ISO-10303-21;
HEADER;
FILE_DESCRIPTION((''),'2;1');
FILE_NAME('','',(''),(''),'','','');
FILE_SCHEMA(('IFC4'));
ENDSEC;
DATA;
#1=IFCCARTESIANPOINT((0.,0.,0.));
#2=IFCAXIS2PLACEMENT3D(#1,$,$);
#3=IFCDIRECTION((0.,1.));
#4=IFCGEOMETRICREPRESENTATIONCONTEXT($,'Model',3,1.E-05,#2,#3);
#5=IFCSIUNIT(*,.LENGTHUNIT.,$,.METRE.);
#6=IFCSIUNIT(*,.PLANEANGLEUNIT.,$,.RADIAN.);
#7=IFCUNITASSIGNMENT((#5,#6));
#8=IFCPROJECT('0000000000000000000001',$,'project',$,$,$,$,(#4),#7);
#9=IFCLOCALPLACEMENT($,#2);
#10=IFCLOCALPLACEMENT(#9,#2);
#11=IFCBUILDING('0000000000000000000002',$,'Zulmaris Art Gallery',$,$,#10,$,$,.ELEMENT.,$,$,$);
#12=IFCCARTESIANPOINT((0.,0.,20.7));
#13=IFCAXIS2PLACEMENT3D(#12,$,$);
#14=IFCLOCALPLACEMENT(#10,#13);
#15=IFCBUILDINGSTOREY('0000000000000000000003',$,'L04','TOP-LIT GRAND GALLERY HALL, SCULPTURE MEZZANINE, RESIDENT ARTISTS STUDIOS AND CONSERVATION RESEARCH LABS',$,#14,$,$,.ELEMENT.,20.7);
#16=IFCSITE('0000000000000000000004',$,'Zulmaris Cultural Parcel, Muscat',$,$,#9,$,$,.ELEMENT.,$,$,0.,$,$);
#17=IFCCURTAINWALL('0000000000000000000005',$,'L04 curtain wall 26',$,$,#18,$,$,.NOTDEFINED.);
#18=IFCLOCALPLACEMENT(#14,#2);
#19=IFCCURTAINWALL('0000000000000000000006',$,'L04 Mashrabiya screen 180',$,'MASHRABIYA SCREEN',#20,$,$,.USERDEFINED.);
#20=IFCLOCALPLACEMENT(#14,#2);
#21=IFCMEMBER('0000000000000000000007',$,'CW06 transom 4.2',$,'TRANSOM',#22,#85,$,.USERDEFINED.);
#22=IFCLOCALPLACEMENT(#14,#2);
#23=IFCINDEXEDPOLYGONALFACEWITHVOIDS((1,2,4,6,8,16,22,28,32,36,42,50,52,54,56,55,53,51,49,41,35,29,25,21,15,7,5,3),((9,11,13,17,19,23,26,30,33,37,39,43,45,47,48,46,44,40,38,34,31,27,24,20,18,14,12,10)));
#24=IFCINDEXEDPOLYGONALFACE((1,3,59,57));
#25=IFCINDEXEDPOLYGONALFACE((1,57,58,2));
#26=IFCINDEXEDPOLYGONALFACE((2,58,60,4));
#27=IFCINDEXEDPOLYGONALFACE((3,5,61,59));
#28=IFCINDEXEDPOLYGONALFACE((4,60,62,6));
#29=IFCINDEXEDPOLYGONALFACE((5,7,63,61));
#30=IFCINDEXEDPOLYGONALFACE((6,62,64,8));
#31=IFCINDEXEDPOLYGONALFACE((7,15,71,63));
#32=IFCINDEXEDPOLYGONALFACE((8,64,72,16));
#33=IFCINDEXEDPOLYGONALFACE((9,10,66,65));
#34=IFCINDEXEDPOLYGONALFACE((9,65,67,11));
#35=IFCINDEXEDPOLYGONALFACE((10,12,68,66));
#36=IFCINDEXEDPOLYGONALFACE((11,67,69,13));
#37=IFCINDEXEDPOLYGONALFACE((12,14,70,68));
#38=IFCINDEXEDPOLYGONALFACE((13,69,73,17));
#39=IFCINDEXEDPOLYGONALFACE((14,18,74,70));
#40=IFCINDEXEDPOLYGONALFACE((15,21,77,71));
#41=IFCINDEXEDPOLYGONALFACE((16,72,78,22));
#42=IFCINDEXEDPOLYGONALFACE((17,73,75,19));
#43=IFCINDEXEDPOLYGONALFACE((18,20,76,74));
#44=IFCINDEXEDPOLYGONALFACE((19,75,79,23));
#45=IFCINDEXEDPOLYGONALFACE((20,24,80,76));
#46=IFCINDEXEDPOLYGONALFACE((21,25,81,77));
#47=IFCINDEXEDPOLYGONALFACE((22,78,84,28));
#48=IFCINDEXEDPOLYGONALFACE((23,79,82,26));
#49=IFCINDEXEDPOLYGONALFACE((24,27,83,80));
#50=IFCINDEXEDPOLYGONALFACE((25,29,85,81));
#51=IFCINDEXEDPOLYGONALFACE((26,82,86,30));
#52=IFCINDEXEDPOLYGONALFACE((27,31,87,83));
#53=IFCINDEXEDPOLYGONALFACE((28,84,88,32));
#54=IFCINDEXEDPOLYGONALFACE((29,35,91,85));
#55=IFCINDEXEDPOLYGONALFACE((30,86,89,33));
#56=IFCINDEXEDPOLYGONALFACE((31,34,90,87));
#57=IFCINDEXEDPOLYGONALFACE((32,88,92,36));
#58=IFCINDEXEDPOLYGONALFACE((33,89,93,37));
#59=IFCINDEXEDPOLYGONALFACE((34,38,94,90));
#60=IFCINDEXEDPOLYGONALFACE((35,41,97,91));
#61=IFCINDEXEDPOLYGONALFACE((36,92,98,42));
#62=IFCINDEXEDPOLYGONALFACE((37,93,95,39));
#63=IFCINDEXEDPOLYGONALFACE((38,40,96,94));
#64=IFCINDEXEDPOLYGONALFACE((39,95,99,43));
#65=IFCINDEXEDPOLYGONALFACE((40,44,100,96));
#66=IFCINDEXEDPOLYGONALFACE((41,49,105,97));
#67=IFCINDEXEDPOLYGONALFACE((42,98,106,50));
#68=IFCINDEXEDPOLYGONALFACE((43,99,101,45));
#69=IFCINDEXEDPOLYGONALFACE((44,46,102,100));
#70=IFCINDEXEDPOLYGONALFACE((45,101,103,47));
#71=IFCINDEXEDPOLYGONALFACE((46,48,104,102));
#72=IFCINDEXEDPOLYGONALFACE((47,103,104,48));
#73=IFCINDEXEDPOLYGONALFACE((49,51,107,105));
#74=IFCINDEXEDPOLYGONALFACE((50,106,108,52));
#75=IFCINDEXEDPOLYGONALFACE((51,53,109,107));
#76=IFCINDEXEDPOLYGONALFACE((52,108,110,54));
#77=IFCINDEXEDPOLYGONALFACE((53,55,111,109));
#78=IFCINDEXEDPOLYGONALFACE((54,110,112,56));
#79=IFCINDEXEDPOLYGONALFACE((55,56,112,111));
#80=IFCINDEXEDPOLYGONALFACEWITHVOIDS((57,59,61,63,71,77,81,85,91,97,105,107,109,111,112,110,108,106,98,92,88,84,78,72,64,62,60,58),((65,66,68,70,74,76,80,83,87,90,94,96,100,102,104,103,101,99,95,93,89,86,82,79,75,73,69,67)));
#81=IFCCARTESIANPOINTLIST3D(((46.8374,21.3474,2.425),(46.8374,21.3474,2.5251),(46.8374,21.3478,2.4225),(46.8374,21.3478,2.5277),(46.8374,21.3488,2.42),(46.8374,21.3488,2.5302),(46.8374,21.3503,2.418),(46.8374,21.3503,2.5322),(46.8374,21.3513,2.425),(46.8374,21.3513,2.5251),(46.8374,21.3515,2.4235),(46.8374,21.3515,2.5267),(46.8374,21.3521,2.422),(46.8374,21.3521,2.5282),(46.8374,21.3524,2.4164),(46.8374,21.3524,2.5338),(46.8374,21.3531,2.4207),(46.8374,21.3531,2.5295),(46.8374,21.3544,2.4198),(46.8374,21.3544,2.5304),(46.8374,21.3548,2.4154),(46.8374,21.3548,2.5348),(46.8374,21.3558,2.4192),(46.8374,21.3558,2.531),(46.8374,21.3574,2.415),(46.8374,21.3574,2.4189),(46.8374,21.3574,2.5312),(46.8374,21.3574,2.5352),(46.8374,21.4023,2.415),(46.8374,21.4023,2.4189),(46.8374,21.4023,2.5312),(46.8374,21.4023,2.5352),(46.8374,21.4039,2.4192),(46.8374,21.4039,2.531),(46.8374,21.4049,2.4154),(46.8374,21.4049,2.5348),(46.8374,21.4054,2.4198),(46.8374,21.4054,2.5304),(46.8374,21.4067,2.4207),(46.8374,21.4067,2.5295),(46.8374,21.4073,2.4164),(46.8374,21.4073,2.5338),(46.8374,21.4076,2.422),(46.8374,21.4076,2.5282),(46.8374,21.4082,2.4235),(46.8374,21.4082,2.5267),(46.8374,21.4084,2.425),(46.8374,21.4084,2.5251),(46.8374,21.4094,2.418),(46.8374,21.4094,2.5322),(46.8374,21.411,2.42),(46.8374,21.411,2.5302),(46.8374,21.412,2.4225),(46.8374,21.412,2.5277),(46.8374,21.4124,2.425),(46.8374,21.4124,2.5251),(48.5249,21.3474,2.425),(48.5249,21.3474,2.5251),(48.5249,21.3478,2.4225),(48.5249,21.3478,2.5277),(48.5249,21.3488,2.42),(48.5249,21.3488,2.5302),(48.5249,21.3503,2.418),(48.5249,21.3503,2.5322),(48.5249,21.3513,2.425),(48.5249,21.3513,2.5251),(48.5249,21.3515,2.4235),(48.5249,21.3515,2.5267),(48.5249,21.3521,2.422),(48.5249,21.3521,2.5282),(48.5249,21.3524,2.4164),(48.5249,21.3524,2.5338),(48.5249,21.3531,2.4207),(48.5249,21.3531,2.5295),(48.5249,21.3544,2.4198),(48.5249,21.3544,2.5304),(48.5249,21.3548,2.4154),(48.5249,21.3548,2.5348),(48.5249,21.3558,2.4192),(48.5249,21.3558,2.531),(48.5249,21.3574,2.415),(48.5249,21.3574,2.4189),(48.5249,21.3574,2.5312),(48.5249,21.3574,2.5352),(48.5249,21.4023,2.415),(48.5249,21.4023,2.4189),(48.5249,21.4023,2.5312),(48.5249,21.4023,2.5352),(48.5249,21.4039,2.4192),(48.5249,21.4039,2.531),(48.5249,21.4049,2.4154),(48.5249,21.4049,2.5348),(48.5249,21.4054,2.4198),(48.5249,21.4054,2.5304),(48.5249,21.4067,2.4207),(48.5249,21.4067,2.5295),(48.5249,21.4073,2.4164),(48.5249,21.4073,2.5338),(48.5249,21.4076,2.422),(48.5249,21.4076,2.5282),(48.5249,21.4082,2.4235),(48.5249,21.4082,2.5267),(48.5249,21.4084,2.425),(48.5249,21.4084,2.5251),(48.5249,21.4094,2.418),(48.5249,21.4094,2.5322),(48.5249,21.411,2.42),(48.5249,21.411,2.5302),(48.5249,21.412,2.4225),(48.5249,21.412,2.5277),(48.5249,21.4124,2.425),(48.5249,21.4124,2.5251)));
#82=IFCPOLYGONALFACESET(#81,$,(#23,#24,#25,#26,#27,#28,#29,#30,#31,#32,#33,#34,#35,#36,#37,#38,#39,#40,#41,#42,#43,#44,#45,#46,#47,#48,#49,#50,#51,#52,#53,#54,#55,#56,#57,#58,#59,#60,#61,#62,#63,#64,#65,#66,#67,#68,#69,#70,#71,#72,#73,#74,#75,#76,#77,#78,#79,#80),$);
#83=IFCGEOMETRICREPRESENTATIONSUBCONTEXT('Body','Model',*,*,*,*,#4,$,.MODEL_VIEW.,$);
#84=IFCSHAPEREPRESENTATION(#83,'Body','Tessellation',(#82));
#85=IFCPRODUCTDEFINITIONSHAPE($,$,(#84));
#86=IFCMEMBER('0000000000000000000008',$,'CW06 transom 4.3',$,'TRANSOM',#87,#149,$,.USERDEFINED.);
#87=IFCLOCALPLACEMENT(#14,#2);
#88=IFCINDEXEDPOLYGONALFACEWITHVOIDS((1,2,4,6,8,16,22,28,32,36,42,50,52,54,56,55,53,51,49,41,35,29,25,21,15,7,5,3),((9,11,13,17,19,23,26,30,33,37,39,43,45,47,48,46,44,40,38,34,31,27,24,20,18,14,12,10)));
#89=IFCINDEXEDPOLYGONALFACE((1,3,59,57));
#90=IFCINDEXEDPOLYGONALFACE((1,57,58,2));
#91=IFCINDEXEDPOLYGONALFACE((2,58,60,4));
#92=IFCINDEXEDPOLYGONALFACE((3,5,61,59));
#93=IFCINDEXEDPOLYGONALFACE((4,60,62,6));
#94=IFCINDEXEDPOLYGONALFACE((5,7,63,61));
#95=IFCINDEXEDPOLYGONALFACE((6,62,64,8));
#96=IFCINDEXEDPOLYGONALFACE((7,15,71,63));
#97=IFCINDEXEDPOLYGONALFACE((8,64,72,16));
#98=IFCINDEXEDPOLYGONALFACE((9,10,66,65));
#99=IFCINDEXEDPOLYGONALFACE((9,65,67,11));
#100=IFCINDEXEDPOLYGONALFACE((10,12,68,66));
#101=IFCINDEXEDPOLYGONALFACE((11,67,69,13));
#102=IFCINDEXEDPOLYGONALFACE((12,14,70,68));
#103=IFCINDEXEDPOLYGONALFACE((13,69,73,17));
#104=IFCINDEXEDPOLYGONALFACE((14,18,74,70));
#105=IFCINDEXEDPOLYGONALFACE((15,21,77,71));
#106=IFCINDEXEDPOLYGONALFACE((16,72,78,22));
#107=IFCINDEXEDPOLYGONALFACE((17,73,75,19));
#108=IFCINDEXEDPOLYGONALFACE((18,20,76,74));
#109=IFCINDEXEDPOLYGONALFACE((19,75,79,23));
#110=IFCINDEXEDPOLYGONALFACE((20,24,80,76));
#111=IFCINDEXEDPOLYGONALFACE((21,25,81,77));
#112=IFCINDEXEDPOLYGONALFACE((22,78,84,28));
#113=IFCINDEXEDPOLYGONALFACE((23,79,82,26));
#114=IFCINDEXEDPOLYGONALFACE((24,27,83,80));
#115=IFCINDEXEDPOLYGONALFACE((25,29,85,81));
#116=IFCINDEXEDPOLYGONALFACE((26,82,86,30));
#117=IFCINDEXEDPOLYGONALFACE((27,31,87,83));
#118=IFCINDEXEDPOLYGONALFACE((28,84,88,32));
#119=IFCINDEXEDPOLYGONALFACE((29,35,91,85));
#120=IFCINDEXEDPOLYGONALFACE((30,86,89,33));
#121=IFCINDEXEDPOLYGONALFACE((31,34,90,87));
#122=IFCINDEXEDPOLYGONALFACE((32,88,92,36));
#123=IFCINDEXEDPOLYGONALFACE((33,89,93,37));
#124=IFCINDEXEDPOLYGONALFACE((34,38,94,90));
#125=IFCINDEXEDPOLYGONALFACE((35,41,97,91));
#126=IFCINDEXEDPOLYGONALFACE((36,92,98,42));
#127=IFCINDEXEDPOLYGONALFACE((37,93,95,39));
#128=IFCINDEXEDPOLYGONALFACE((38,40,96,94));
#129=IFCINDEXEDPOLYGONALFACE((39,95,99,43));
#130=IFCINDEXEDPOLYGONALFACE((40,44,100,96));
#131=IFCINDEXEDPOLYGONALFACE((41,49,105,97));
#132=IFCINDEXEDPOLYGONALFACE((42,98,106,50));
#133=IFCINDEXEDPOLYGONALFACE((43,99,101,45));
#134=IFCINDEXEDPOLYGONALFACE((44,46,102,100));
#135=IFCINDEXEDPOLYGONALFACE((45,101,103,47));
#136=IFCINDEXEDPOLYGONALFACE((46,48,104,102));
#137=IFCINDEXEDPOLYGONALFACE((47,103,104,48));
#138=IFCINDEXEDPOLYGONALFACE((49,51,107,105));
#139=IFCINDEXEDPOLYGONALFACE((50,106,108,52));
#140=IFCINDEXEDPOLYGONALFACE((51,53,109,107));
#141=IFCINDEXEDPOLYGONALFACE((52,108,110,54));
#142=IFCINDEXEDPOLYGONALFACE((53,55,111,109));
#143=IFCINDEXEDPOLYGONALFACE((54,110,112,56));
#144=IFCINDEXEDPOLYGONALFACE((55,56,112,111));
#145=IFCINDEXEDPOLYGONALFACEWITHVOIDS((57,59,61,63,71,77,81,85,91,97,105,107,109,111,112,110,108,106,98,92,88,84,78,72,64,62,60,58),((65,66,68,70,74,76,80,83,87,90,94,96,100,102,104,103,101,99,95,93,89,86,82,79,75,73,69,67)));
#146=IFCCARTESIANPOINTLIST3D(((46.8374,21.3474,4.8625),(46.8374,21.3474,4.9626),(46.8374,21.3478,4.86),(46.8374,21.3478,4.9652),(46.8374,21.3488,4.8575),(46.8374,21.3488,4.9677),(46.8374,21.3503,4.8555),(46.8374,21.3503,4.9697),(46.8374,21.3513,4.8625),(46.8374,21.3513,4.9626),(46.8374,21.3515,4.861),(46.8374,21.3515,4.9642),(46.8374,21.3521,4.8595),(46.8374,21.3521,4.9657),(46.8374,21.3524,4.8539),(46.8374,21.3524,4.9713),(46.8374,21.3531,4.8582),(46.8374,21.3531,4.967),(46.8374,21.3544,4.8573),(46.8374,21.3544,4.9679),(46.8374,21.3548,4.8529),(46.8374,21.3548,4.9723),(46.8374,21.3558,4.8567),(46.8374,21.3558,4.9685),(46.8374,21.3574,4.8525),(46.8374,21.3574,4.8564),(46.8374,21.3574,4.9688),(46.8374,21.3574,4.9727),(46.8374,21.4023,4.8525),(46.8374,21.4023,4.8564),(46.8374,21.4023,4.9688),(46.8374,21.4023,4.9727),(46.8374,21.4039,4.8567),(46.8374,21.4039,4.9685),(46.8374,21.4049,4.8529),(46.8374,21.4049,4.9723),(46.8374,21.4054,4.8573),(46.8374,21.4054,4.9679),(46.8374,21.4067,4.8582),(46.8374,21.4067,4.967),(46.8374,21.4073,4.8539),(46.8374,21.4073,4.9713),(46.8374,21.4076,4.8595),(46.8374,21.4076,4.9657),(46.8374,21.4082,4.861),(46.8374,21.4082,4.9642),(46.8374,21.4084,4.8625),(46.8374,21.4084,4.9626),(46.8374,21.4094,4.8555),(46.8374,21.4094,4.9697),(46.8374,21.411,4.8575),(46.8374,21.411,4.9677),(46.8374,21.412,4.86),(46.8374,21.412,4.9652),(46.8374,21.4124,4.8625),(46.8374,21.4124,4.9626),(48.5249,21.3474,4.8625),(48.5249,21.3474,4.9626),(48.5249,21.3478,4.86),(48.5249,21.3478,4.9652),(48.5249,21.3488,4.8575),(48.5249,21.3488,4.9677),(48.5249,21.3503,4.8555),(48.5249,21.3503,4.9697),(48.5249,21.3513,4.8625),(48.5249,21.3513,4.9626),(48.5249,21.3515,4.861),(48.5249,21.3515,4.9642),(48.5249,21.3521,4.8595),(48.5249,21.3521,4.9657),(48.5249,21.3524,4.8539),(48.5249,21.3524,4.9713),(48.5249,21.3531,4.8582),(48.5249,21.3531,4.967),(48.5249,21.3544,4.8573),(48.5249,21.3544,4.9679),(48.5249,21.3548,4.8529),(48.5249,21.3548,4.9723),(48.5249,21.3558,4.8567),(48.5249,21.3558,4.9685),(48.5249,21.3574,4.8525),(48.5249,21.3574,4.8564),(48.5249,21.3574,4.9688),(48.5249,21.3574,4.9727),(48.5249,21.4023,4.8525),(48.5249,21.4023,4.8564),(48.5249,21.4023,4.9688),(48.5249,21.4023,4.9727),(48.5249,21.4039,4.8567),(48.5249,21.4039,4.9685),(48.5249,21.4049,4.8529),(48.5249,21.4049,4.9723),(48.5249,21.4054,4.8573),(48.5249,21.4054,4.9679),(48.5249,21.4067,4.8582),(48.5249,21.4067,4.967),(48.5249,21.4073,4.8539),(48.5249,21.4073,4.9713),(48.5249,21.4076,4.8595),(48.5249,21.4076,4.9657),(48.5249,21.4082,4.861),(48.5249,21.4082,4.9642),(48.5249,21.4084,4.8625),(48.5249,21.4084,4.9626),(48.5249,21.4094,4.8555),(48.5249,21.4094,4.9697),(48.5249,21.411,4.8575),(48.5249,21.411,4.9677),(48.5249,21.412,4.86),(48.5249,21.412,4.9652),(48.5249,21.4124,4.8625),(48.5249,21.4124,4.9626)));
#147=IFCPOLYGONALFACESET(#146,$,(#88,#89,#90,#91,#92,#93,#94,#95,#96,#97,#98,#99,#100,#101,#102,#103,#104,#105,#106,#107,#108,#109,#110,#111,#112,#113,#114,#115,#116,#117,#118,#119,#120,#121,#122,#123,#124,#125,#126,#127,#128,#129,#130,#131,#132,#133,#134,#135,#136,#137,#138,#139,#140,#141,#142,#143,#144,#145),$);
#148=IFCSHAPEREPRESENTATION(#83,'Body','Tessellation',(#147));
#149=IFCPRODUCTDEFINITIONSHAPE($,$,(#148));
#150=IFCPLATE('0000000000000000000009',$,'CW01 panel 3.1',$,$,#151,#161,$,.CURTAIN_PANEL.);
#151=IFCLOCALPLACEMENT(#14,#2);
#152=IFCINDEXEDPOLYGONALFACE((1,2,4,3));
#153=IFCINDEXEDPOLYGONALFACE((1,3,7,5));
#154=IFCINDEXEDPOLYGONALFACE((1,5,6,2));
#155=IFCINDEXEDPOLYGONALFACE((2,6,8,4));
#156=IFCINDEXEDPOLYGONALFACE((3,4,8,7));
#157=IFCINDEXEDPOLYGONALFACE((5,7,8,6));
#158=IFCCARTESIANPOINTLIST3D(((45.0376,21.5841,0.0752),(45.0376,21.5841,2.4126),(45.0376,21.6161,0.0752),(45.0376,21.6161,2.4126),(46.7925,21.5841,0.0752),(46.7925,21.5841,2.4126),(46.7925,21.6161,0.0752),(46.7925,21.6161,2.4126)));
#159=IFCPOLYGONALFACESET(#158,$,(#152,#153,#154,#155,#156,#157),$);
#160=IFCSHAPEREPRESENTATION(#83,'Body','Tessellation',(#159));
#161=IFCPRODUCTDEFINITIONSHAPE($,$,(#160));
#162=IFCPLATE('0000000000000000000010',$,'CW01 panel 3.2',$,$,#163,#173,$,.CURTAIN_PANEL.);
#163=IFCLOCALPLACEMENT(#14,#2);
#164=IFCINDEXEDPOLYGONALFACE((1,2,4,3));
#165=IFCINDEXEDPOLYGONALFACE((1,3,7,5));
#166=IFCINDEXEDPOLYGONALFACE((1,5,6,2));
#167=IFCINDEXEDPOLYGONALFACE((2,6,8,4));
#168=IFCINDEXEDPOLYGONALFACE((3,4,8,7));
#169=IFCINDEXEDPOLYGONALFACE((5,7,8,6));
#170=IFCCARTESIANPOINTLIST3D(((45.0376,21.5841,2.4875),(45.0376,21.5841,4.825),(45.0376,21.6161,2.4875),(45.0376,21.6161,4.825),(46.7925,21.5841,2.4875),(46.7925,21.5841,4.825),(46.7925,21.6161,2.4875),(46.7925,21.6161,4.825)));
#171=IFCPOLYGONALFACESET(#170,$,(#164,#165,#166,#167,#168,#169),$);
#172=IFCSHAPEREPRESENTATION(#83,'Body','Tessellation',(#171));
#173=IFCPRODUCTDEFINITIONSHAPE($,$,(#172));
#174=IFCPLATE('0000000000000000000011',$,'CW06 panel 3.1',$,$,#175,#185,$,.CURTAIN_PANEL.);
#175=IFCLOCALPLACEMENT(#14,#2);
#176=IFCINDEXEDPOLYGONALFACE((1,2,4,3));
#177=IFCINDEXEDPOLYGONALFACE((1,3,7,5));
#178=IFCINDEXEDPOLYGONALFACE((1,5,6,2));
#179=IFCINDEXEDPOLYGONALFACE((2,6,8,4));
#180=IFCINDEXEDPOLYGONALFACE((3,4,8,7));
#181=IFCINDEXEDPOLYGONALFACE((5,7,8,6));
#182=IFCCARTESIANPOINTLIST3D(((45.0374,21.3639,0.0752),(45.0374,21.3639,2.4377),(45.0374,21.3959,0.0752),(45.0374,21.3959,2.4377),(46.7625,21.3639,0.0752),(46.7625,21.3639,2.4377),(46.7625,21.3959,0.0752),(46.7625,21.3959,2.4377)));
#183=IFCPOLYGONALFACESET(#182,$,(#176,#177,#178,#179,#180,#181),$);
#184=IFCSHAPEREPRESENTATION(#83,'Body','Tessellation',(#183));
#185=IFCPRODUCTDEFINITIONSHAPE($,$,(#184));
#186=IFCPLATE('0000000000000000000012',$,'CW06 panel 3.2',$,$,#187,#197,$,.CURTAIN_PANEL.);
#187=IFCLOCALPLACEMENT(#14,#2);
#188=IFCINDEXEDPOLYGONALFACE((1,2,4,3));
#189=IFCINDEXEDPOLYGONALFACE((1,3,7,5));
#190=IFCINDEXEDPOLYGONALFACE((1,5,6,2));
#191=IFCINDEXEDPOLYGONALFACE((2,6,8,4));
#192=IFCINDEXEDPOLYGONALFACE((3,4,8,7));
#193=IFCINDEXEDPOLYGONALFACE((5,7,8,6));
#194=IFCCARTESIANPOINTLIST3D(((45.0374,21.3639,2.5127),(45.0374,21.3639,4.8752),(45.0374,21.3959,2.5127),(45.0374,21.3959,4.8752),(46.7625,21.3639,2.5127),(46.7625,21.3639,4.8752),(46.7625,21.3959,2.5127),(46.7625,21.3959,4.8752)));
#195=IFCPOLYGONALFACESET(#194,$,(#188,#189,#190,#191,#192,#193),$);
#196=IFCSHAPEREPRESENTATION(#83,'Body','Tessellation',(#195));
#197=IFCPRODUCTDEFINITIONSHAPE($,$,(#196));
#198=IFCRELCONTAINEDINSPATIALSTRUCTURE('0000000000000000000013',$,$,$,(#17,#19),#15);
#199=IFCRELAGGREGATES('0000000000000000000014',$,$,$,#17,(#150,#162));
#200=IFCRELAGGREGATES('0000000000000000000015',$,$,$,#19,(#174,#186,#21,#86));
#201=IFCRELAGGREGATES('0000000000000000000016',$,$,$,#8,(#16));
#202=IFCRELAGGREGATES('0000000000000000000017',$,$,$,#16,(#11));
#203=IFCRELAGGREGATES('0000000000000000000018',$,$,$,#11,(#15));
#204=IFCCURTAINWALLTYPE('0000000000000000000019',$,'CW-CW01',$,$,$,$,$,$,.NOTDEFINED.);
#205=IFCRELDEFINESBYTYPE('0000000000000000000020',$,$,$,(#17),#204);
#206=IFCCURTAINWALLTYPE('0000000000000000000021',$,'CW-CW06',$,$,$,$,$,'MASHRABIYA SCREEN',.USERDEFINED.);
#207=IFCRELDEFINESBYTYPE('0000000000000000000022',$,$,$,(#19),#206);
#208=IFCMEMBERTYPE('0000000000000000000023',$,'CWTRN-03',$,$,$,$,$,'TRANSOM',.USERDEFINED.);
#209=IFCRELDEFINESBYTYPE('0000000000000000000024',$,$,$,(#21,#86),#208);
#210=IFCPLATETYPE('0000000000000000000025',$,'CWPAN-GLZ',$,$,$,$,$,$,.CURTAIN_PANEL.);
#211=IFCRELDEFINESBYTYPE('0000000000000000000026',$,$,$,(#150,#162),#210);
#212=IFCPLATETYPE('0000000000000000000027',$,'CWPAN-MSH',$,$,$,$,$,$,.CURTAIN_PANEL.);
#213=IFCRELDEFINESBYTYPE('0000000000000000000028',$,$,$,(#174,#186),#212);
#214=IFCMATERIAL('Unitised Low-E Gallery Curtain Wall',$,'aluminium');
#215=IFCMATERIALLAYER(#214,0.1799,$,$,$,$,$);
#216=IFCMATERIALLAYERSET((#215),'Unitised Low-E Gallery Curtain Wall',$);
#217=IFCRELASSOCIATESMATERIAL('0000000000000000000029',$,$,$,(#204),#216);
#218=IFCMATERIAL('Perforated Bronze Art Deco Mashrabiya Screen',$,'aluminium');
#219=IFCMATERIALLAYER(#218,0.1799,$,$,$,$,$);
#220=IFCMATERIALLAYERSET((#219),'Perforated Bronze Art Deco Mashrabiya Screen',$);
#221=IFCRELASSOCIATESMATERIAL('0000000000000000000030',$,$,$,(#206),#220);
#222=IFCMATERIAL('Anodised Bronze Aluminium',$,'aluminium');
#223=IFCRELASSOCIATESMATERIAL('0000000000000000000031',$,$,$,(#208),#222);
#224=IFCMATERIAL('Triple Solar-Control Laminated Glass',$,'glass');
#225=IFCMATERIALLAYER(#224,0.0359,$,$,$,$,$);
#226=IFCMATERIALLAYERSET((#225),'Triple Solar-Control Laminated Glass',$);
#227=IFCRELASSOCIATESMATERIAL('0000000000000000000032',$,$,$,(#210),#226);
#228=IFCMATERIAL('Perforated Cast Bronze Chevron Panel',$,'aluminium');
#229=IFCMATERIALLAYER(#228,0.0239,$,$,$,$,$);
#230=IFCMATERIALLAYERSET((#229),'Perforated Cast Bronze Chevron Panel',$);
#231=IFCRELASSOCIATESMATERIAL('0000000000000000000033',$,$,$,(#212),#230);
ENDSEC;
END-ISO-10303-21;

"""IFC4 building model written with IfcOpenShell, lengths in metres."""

from ifc_helpers import new_model, si_unit, direction, frame, origin, origin_2d, place, context, subcontext, project, spatial, rectangle, hollow_rectangle, extrude, material, layer, layer_set, material_profile, profile_set, type_object, element, aggregate, save


model = new_model("IFC4")

# Units and contexts
model_context = context("Model", 3, precision=1e-05, world=origin(), true_north=direction((0.0, 1.0)))
body_context = subcontext(model_context, "Body", "Model", "MODEL_VIEW")
ifc_project = project(units=[si_unit("LENGTHUNIT", "METRE"), si_unit("PLANEANGLEUNIT", "RADIAN")], contexts=[model_context])

# Site, building, storey
site_placement = place(None, origin())
site = spatial("IfcSite", under=ifc_project, at=site_placement, Name="Zulmaris Cultural Parcel, Muscat", CompositionType="ELEMENT", RefElevation=0.0)
building_placement = place(site_placement, origin())
building = spatial("IfcBuilding", under=site, at=building_placement, Name="Zulmaris Art Gallery", CompositionType="ELEMENT")
storey_placement = place(building_placement, frame((0.0, 0.0, 20.7)))
storey = spatial("IfcBuildingStorey", under=building, at=storey_placement, Name="L04", Description="TOP-LIT GRAND GALLERY HALL, SCULPTURE MEZZANINE, RESIDENT ARTISTS STUDIOS AND CONSERVATION RESEARCH LABS", CompositionType="ELEMENT", Elevation=20.7)

# Curtain walls
ifc_material_1 = material(Name="Unitised Low-E Gallery Curtain Wall", Category="aluminium")
ifc_layer_1 = layer(ifc_material_1, 0.1799)
ifc_layer_set_1 = layer_set([ifc_layer_1], Name="Unitised Low-E Gallery Curtain Wall")
curtain_wall_type_1 = type_object("IfcCurtainWallType", Name="CW-CW01", PredefinedType="NOTDEFINED", material=ifc_layer_set_1)
curtain_wall_1_placement = place(storey_placement, origin())
curtain_wall_1 = element("IfcCurtainWall", 1, at=curtain_wall_1_placement, inside=storey, type_object=curtain_wall_type_1, Name="L04 curtain wall 26", PredefinedType="NOTDEFINED")
ifc_material_2 = material(Name="Anodised Bronze Aluminium", Category="aluminium")
ifc_material_3 = material(Name="Perforated Bronze Art Deco Mashrabiya Screen", Category="aluminium")
ifc_layer_2 = layer(ifc_material_3, 0.1799)
ifc_layer_set_2 = layer_set([ifc_layer_2], Name="Perforated Bronze Art Deco Mashrabiya Screen")
curtain_wall_type_2 = type_object("IfcCurtainWallType", Name="CW-CW06", ElementType="MASHRABIYA SCREEN", PredefinedType="USERDEFINED", material=ifc_layer_set_2)
curtain_wall_2_placement = place(storey_placement, origin())
curtain_wall_2 = element("IfcCurtainWall", 2, at=curtain_wall_2_placement, inside=storey, type_object=curtain_wall_type_2, Name="L04 Mashrabiya screen 180", ObjectType="MASHRABIYA SCREEN", PredefinedType="USERDEFINED")

# Members
ifc_material_profile_1 = material_profile(ifc_material_2, hollow_rectangle(XDim=0.0649, YDim=0.1201, WallThickness=0.0039, InnerFilletRadius=0.0061, OuterFilletRadius=0.01, at=origin_2d()), Name="ALU 65x120x4")
ifc_profile_set_1 = profile_set([ifc_material_profile_1], Name="Anodised Bronze Aluminium")
member_type_1 = type_object("IfcMemberType", Name="CWTRN-03", ElementType="TRANSOM", PredefinedType="USERDEFINED", material=ifc_profile_set_1)
member_1_placement = place(storey_placement, frame((46.8374, 21.3799, 2.4751), z_axis=(1.0, 0.0, 0.0), x_axis=(0.0, 1.0, 0.0)))
member_1 = element("IfcMember", 3, at=member_1_placement, type_object=member_type_1, Name="CW06 transom 4.2", ObjectType="TRANSOM", PredefinedType="USERDEFINED", context=body_context, shape_type="SweptSolid", body=[
    extrude(hollow_rectangle(XDim=0.0649, YDim=0.1201, WallThickness=0.0039, InnerFilletRadius=0.0061, OuterFilletRadius=0.01, at=origin_2d()), origin(), (0.0, 0.0, 1.0), 1.6875),
])
member_2_placement = place(storey_placement, frame((46.8374, 21.3799, 4.9126), z_axis=(1.0, 0.0, 0.0), x_axis=(0.0, 1.0, 0.0)))
member_2 = element("IfcMember", 4, at=member_2_placement, type_object=member_type_1, Name="CW06 transom 4.3", ObjectType="TRANSOM", PredefinedType="USERDEFINED", context=body_context, shape_type="SweptSolid", body=[
    extrude(hollow_rectangle(XDim=0.0649, YDim=0.1201, WallThickness=0.0039, InnerFilletRadius=0.0061, OuterFilletRadius=0.01, at=origin_2d()), origin(), (0.0, 0.0, 1.0), 1.6875),
])

# Plates
ifc_material_4 = material(Name="Triple Solar-Control Laminated Glass", Category="glass")
ifc_layer_3 = layer(ifc_material_4, 0.0359)
ifc_layer_set_3 = layer_set([ifc_layer_3], Name="Triple Solar-Control Laminated Glass")
plate_type_1 = type_object("IfcPlateType", Name="CWPAN-GLZ", PredefinedType="CURTAIN_PANEL", material=ifc_layer_set_3)
plate_1_placement = place(storey_placement, frame((45.915, 21.6001, 0.0752), z_axis=(0.0, 0.0, 1.0), x_axis=(1.0, 0.0, 0.0)))
plate_1 = element("IfcPlate", 5, at=plate_1_placement, type_object=plate_type_1, Name="CW01 panel 3.1", PredefinedType="CURTAIN_PANEL", context=body_context, shape_type="SweptSolid", body=[
    extrude(rectangle(XDim=1.7549, YDim=0.032, at=origin_2d()), origin(), (0.0, 0.0, 1.0), 2.3374),
])
plate_2_placement = place(storey_placement, frame((45.915, 21.6001, 2.4875), z_axis=(0.0, 0.0, 1.0), x_axis=(1.0, 0.0, 0.0)))
plate_2 = element("IfcPlate", 6, at=plate_2_placement, type_object=plate_type_1, Name="CW01 panel 3.2", PredefinedType="CURTAIN_PANEL", context=body_context, shape_type="SweptSolid", body=[
    extrude(rectangle(XDim=1.7549, YDim=0.032, at=origin_2d()), origin(), (0.0, 0.0, 1.0), 2.3374),
])
aggregate(curtain_wall_1, [plate_1, plate_2])
ifc_material_5 = material(Name="Perforated Cast Bronze Chevron Panel", Category="aluminium")
ifc_layer_4 = layer(ifc_material_5, 0.0239)
ifc_layer_set_4 = layer_set([ifc_layer_4], Name="Perforated Cast Bronze Chevron Panel")
plate_type_2 = type_object("IfcPlateType", Name="CWPAN-MSH", PredefinedType="CURTAIN_PANEL", material=ifc_layer_set_4)
plate_3_placement = place(storey_placement, frame((45.8999, 21.3799, 0.0752), z_axis=(0.0, 0.0, 1.0), x_axis=(1.0, 0.0, 0.0)))
plate_3 = element("IfcPlate", 7, at=plate_3_placement, type_object=plate_type_2, Name="CW06 panel 3.1", PredefinedType="CURTAIN_PANEL", context=body_context, shape_type="SweptSolid", body=[
    extrude(rectangle(XDim=1.7251, YDim=0.032, at=origin_2d()), origin(), (0.0, 0.0, 1.0), 2.3625),
])
plate_4_placement = place(storey_placement, frame((45.8999, 21.3799, 2.5127), z_axis=(0.0, 0.0, 1.0), x_axis=(1.0, 0.0, 0.0)))
plate_4 = element("IfcPlate", 8, at=plate_4_placement, type_object=plate_type_2, Name="CW06 panel 3.2", PredefinedType="CURTAIN_PANEL", context=body_context, shape_type="SweptSolid", body=[
    extrude(rectangle(XDim=1.7251, YDim=0.032, at=origin_2d()), origin(), (0.0, 0.0, 1.0), 2.3625),
])
aggregate(curtain_wall_2, [plate_3, plate_4, member_1, member_2])

save(model, "model.ifc")
